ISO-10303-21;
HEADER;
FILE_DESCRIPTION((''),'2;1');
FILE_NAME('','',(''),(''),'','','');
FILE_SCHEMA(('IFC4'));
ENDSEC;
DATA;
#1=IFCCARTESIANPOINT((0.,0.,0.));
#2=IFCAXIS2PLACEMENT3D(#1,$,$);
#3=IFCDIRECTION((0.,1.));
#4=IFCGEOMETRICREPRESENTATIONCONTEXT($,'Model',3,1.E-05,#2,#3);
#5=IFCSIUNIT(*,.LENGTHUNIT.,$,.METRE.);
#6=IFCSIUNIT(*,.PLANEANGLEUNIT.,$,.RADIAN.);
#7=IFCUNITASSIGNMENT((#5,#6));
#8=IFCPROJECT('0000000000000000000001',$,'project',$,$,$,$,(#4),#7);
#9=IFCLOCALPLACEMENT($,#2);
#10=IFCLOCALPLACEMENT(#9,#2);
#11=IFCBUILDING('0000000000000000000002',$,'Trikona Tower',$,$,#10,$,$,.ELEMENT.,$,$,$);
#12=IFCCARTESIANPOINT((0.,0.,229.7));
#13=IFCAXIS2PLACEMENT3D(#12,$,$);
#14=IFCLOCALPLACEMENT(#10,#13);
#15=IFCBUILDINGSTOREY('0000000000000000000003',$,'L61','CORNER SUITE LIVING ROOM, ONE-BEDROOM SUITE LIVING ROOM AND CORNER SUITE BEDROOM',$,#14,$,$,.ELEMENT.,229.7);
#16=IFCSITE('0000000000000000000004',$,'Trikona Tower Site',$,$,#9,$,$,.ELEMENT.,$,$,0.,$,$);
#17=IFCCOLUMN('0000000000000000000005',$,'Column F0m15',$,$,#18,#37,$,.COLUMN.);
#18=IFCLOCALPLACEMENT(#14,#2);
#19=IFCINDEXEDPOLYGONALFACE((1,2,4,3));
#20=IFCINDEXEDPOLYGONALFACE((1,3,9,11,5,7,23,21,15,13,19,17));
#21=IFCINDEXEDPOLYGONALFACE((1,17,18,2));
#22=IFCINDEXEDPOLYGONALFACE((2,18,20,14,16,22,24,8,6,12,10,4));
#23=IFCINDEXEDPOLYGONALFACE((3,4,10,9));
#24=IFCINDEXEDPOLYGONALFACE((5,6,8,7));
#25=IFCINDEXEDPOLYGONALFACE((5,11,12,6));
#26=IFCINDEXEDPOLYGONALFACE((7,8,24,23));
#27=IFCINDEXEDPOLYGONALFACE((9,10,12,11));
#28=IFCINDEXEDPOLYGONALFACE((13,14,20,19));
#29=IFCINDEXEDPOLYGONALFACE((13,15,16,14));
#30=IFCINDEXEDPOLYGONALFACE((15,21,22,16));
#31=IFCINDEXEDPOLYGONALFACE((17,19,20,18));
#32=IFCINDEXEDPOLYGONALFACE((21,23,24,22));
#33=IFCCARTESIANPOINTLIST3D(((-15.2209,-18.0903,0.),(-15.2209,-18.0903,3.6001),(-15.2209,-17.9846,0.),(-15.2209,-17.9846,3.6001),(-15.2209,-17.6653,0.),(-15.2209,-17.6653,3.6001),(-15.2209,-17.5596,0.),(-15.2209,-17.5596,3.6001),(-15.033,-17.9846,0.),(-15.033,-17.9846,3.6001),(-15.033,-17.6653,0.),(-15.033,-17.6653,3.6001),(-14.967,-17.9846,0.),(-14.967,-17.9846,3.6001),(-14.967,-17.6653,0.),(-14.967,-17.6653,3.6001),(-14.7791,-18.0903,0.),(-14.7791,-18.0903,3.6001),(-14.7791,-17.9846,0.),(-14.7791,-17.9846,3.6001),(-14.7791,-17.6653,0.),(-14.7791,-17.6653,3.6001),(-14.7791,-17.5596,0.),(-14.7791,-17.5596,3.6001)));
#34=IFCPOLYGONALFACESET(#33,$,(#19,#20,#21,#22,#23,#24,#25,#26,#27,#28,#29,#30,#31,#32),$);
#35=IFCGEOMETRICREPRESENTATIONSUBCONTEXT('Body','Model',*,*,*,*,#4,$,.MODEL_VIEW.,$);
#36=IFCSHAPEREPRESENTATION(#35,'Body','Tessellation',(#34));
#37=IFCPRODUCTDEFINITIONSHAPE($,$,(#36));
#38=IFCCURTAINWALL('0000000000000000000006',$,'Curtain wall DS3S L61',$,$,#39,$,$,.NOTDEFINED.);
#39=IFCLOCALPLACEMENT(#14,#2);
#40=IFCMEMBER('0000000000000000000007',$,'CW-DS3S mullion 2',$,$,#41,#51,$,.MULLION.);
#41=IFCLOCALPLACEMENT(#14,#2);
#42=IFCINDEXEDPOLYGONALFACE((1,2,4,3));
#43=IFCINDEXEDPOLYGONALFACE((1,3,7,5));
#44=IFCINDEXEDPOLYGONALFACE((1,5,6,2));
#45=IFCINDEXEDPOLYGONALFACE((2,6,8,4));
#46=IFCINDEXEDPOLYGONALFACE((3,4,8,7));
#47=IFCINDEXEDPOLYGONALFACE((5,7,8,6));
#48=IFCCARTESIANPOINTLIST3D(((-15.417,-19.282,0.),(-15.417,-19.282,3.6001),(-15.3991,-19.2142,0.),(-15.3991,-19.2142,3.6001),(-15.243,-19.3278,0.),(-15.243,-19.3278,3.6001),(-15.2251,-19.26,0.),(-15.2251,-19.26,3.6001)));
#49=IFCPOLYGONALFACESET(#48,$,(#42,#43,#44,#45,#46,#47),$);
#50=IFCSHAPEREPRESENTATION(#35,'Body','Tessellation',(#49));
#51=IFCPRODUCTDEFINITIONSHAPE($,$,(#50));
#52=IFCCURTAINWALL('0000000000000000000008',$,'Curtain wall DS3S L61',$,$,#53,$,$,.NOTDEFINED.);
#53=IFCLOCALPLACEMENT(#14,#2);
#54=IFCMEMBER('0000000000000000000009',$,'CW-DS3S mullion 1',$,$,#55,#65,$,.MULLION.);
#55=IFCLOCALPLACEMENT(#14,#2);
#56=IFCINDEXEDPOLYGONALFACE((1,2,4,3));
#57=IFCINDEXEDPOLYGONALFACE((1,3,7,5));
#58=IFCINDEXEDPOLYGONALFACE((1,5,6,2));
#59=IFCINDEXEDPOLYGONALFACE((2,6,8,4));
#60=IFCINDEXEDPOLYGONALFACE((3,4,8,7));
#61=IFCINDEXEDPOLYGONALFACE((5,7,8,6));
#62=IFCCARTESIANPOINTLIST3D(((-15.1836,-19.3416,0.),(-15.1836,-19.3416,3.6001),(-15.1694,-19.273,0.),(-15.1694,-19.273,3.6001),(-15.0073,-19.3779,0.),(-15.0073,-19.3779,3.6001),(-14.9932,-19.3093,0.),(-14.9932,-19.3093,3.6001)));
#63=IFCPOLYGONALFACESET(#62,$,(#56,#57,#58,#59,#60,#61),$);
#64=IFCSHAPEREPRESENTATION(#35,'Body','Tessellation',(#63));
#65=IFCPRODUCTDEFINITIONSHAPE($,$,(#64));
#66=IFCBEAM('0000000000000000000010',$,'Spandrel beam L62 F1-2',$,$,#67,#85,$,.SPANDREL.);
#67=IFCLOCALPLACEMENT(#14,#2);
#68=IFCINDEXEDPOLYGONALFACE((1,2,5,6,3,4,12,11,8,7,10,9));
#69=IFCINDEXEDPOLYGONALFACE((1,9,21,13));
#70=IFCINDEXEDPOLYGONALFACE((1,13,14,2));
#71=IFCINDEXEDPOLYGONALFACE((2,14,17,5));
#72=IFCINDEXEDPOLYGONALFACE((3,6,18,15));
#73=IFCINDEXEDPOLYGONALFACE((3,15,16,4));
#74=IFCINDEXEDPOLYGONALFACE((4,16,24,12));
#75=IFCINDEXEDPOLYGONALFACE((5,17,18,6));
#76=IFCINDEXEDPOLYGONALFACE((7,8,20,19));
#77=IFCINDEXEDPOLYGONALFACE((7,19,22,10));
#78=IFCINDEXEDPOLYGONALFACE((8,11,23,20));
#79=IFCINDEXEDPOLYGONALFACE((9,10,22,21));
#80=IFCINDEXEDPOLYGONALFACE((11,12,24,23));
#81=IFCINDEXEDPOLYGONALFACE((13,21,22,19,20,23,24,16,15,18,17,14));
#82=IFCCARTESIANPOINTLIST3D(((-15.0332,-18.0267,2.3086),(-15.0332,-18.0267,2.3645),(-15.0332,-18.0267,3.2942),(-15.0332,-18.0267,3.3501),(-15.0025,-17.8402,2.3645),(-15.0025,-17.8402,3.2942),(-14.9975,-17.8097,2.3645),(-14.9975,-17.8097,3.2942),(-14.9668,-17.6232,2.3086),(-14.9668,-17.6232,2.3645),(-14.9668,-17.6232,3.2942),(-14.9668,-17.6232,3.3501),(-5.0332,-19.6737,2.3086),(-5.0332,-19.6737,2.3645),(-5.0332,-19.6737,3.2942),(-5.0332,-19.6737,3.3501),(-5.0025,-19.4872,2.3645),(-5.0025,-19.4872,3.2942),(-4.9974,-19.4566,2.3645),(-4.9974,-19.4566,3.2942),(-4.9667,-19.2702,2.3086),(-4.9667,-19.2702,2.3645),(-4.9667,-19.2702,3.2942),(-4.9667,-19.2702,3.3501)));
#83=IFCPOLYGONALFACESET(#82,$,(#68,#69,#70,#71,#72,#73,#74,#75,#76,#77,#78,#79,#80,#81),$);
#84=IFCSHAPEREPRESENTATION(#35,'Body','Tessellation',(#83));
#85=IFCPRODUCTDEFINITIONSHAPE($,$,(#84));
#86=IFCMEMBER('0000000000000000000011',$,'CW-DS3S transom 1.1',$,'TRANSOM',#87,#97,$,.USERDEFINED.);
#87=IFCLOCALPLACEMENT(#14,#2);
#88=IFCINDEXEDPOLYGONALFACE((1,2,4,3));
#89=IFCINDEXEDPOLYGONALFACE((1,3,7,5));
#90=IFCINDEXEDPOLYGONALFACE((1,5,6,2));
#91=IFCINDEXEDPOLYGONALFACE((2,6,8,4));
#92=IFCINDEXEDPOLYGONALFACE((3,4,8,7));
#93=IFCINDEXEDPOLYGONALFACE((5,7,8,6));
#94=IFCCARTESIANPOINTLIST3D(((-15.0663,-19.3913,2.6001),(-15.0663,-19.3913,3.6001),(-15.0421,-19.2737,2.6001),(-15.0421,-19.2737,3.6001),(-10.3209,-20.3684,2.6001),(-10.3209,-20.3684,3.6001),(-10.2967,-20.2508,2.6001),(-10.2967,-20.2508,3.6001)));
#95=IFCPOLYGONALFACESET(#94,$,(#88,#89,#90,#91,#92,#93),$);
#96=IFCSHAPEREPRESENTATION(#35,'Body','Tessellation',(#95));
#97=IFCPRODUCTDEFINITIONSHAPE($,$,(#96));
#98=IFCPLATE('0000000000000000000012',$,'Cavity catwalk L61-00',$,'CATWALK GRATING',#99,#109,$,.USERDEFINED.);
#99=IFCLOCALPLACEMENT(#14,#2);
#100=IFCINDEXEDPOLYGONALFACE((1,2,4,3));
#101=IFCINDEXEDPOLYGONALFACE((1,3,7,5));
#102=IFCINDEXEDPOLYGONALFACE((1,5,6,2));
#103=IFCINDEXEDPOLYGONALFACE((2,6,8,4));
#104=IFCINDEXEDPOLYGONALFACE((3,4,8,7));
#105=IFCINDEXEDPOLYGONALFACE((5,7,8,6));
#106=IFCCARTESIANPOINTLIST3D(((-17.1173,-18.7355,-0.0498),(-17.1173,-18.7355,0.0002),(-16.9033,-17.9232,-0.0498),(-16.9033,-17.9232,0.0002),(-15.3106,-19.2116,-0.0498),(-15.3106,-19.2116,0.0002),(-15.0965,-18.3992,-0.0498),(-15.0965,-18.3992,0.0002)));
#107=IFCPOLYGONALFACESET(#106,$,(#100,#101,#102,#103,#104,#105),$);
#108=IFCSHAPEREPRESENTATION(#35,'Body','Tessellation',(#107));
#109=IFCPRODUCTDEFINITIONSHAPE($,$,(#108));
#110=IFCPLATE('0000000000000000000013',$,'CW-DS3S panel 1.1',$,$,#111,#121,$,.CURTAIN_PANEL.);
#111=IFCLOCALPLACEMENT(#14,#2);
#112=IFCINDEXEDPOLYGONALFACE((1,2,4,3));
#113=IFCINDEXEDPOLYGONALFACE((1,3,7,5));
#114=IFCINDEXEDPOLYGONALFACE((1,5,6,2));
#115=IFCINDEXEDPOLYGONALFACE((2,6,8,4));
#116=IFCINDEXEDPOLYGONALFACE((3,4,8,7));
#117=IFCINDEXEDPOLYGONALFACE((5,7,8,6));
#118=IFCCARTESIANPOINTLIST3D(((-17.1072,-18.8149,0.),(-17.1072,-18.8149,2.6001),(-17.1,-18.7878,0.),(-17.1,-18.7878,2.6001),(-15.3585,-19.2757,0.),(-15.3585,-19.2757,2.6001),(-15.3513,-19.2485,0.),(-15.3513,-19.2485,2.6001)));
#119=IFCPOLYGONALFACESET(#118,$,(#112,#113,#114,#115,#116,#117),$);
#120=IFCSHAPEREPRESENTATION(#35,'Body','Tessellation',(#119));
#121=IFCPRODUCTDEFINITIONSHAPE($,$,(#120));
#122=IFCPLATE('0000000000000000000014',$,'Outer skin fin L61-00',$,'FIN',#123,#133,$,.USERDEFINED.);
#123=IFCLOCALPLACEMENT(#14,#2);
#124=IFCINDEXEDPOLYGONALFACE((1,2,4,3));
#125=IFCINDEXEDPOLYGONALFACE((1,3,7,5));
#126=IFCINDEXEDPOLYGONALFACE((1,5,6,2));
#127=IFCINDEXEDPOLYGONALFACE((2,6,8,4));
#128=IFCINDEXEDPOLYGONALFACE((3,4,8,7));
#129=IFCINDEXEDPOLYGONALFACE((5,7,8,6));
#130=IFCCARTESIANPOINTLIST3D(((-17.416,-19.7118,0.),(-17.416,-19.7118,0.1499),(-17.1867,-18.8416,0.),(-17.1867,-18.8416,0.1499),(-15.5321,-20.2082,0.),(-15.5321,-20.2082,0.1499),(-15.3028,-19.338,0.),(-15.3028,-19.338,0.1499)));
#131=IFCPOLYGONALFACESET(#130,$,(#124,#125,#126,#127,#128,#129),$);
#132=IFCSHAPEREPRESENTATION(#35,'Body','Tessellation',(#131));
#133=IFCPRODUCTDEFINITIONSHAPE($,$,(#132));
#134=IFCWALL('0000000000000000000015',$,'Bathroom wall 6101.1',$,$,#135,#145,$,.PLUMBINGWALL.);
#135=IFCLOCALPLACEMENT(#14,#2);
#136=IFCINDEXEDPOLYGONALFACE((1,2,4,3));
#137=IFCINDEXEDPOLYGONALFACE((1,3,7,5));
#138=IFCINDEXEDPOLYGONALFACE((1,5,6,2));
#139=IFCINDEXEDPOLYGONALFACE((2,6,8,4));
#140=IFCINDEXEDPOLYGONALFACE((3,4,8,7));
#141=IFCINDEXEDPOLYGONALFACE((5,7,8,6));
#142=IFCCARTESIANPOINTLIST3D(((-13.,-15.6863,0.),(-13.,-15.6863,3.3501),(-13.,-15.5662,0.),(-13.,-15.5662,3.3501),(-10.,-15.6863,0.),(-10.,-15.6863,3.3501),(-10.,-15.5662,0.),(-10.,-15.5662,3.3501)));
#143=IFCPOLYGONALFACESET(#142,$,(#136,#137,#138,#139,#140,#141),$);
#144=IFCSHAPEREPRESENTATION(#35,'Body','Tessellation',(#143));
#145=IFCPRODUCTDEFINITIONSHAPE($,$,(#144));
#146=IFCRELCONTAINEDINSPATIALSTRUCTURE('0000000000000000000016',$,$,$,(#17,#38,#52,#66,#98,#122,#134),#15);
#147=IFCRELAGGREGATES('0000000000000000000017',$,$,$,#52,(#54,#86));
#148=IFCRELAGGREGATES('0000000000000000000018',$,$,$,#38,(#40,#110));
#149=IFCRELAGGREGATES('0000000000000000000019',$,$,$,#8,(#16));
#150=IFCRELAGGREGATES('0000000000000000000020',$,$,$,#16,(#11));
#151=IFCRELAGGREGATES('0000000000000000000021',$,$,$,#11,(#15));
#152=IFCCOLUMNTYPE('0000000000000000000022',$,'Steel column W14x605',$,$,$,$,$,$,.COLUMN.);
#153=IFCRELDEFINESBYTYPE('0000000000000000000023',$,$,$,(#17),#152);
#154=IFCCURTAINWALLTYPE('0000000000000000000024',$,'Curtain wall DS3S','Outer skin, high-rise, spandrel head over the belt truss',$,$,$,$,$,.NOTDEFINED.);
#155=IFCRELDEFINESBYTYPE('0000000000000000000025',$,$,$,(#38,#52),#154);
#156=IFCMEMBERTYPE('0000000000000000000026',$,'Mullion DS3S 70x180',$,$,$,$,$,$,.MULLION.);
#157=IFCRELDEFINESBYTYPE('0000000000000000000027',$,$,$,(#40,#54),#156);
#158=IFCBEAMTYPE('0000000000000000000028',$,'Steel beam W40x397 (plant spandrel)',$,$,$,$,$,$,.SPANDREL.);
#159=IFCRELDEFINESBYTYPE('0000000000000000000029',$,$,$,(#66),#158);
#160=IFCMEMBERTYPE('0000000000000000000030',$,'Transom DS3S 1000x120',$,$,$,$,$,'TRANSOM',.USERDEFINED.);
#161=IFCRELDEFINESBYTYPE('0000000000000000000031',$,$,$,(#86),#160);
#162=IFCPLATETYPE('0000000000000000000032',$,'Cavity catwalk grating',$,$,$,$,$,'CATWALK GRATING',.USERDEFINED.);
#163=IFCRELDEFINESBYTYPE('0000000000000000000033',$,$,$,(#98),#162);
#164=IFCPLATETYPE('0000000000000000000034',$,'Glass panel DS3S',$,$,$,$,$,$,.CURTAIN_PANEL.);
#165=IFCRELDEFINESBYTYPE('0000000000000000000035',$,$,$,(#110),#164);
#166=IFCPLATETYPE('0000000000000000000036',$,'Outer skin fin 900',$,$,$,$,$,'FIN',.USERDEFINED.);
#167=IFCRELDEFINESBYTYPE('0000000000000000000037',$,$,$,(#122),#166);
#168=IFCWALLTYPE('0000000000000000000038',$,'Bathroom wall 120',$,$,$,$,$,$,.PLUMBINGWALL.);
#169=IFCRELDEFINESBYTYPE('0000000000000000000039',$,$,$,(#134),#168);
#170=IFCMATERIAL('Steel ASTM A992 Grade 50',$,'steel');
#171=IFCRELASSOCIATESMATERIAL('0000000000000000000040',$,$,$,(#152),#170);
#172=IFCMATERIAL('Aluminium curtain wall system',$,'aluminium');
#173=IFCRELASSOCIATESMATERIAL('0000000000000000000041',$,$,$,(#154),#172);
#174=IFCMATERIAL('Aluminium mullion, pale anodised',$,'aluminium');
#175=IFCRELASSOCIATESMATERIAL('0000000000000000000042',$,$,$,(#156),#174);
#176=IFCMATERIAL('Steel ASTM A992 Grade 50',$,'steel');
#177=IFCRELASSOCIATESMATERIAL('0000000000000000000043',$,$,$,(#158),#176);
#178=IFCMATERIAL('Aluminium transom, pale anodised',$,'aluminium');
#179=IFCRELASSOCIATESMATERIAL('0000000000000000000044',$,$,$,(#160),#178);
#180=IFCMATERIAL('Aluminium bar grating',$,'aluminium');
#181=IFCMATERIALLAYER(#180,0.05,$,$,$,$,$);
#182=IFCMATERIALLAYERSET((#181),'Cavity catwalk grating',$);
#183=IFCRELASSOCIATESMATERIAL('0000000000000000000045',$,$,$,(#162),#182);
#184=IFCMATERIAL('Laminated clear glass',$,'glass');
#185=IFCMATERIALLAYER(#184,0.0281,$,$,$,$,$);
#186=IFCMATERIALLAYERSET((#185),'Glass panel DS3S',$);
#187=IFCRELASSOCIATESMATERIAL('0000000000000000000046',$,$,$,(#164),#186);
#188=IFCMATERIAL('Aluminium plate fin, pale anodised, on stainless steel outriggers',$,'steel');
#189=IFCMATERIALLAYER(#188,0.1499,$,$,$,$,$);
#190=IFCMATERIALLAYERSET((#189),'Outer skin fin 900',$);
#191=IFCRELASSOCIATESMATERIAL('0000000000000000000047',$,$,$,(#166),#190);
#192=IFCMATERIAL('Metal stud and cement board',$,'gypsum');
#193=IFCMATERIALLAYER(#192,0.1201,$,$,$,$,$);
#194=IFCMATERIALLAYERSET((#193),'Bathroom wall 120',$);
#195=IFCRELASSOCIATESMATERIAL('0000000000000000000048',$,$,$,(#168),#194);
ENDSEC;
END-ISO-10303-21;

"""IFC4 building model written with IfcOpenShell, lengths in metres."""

from ifc_helpers import new_model, si_unit, direction, frame, frame_2d, origin, origin_2d, place, context, subcontext, project, spatial, rectangle, i_section, extrude, material, layer, layer_set, material_profile, profile_set, type_object, element, aggregate, save


model = new_model("IFC4")

# Units and contexts
model_context = context("Model", 3, precision=1e-05, world=origin(), true_north=direction((0.0, 1.0)))
body_context = subcontext(model_context, "Body", "Model", "MODEL_VIEW")
ifc_project = project(units=[si_unit("LENGTHUNIT", "METRE"), si_unit("PLANEANGLEUNIT", "RADIAN")], contexts=[model_context])

# Site, building, storey
site_placement = place(None, origin())
site = spatial("IfcSite", under=ifc_project, at=site_placement, Name="Trikona Tower Site", CompositionType="ELEMENT", RefElevation=0.0)
building_placement = place(site_placement, origin())
building = spatial("IfcBuilding", under=site, at=building_placement, Name="Trikona Tower", CompositionType="ELEMENT")
storey_placement = place(building_placement, frame((0.0, 0.0, 229.7)))
storey = spatial("IfcBuildingStorey", under=building, at=storey_placement, Name="L61", Description="CORNER SUITE LIVING ROOM, ONE-BEDROOM SUITE LIVING ROOM AND CORNER SUITE BEDROOM", CompositionType="ELEMENT", Elevation=229.7)

# Column
ifc_material_1 = material(Name="Steel ASTM A992 Grade 50", Category="steel")
ifc_material_profile_1 = material_profile(ifc_material_1, i_section(OverallWidth=0.4419, OverallDepth=0.5308, WebThickness=0.0659, FlangeThickness=0.1057, at=origin_2d()), Name="W14X605")
ifc_profile_set_1 = profile_set([ifc_material_profile_1], Name="Steel ASTM A992 Grade 50")
column_type = type_object("IfcColumnType", Name="Steel column W14x605", PredefinedType="COLUMN", material=ifc_profile_set_1)
column_placement = place(storey_placement, frame((-15.0, -17.825, 0.0), z_axis=(0.0, 0.0, 1.0), x_axis=(1.0, 0.0, 0.0)))
element("IfcColumn", 1, at=column_placement, inside=storey, type_object=column_type, Name="Column F0m15", PredefinedType="COLUMN", context=body_context, shape_type="SweptSolid", body=[
    extrude(i_section(OverallWidth=0.4419, OverallDepth=0.5308, WebThickness=0.0659, FlangeThickness=0.1057, at=origin_2d()), origin(), (0.0, 0.0, 1.0), 3.6001),
])

# Curtain walls, members
ifc_material_2 = material(Name="Aluminium curtain wall system", Category="aluminium")
curtain_wall_type = type_object("IfcCurtainWallType", Name="Curtain wall DS3S", Description="Outer skin, high-rise, spandrel head over the belt truss", PredefinedType="NOTDEFINED", material=ifc_material_2)
curtain_wall_1_placement = place(storey_placement, origin())
curtain_wall_1 = element("IfcCurtainWall", 2, at=curtain_wall_1_placement, inside=storey, type_object=curtain_wall_type, Name="Curtain wall DS3S L61", PredefinedType="NOTDEFINED")
ifc_material_3 = material(Name="Aluminium mullion, pale anodised", Category="aluminium")
ifc_material_profile_2 = material_profile(ifc_material_3, rectangle(XDim=0.0701, YDim=0.1799, at=origin_2d()), Name="MUL-DS3S")
ifc_profile_set_2 = profile_set([ifc_material_profile_2], Name="Aluminium mullion, pale anodised")
member_type_1 = type_object("IfcMemberType", Name="Mullion DS3S 70x180", PredefinedType="MULLION", material=ifc_profile_set_2)
member_1_placement = place(storey_placement, frame((-15.321, -19.271, 0.0), z_axis=(0.0, 0.0, 1.0), x_axis=(0.254786, 0.966997, 0.0)))
member_1 = element("IfcMember", 3, at=member_1_placement, type_object=member_type_1, Name="CW-DS3S mullion 2", PredefinedType="MULLION", context=body_context, shape_type="SweptSolid", body=[
    extrude(rectangle(XDim=0.0701, YDim=0.1799, at=origin_2d()), origin(), (0.0, 0.0, 1.0), 3.6001),
])
curtain_wall_2_placement = place(storey_placement, origin())
curtain_wall_2 = element("IfcCurtainWall", 4, at=curtain_wall_2_placement, inside=storey, type_object=curtain_wall_type, Name="Curtain wall DS3S L61", PredefinedType="NOTDEFINED")
member_2_placement = place(storey_placement, frame((-15.0884, -19.3254, 0.0), z_axis=(0.0, 0.0, 1.0), x_axis=(0.201653, 0.979457, 0.0)))
member_2 = element("IfcMember", 5, at=member_2_placement, type_object=member_type_1, Name="CW-DS3S mullion 1", PredefinedType="MULLION", context=body_context, shape_type="SweptSolid", body=[
    extrude(rectangle(XDim=0.0701, YDim=0.1799, at=origin_2d()), origin(), (0.0, 0.0, 1.0), 3.6001),
])

# Beam
ifc_material_4 = material(Name="Steel ASTM A992 Grade 50", Category="steel")
ifc_material_profile_3 = material_profile(ifc_material_4, i_section(OverallWidth=0.4089, OverallDepth=1.0415, WebThickness=0.031, FlangeThickness=0.0559, at=origin_2d()), Name="W40X397")
ifc_profile_set_3 = profile_set([ifc_material_profile_3], Name="Steel ASTM A992 Grade 50")
beam_type = type_object("IfcBeamType", Name="Steel beam W40x397 (plant spandrel)", PredefinedType="SPANDREL", material=ifc_profile_set_3)
beam_placement = place(storey_placement, frame((-15.0, -17.825, 2.8293), z_axis=(0.986707, -0.162508, 0.0), x_axis=(0.162508, 0.986707, 0.0)))
element("IfcBeam", 6, at=beam_placement, inside=storey, type_object=beam_type, Name="Spandrel beam L62 F1-2", PredefinedType="SPANDREL", context=body_context, shape_type="SweptSolid", body=[
    extrude(i_section(OverallWidth=0.4089, OverallDepth=1.0415, WebThickness=0.031, FlangeThickness=0.0559, at=origin_2d()), origin(), (0.0, 0.0, 1.0), 10.1348),
])

# Member
ifc_material_5 = material(Name="Aluminium transom, pale anodised", Category="aluminium")
ifc_material_profile_4 = material_profile(ifc_material_5, rectangle(XDim=0.1201, YDim=1.0, at=origin_2d()), Name="TRN-DS3S")
ifc_profile_set_4 = profile_set([ifc_material_profile_4], Name="Aluminium transom, pale anodised")
member_type_2 = type_object("IfcMemberType", Name="Transom DS3S 1000x120", ElementType="TRANSOM", PredefinedType="USERDEFINED", material=ifc_profile_set_4)
member_3_placement = place(storey_placement, frame((-15.0542, -19.3325, 3.1001), z_axis=(0.979454, -0.201666, 0.0), x_axis=(0.201666, 0.979454, 0.0)))
member_3 = element("IfcMember", 7, at=member_3_placement, type_object=member_type_2, Name="CW-DS3S transom 1.1", ObjectType="TRANSOM", PredefinedType="USERDEFINED", context=body_context, shape_type="SweptSolid", body=[
    extrude(rectangle(XDim=0.1201, YDim=1.0, at=origin_2d()), origin(), (0.0, 0.0, 1.0), 4.845),
])
aggregate(curtain_wall_2, [member_2, member_3])

# Plates
ifc_material_6 = material(Name="Aluminium bar grating", Category="aluminium")
ifc_layer_1 = layer(ifc_material_6, 0.05)
ifc_layer_set_1 = layer_set([ifc_layer_1], Name="Cavity catwalk grating")
plate_type_1 = type_object("IfcPlateType", Name="Cavity catwalk grating", ElementType="CATWALK GRATING", PredefinedType="USERDEFINED", material=ifc_layer_set_1)
plate_1_placement = place(storey_placement, frame((-16.1069, -18.5674, -0.0498), z_axis=(0.0, 0.0, 1.0), x_axis=(0.966993, -0.254803, 0.0)))
element("IfcPlate", 8, at=plate_1_placement, inside=storey, type_object=plate_type_1, Name="Cavity catwalk L61-00", ObjectType="CATWALK GRATING", PredefinedType="USERDEFINED", context=body_context, shape_type="SweptSolid", body=[
    extrude(rectangle(XDim=1.8684, YDim=0.8401, at=origin_2d()), origin(), (0.0, 0.0, 1.0), 0.05),
])
ifc_material_7 = material(Name="Laminated clear glass", Category="glass")
ifc_layer_2 = layer(ifc_material_7, 0.0281)
ifc_layer_set_2 = layer_set([ifc_layer_2], Name="Glass panel DS3S")
plate_type_2 = type_object("IfcPlateType", Name="Glass panel DS3S", PredefinedType="CURTAIN_PANEL", material=ifc_layer_set_2)
plate_2_placement = place(storey_placement, frame((-16.2292, -19.0317, 0.0), z_axis=(0.0, 0.0, 1.0), x_axis=(0.966997, -0.254786, 0.0)))
plate_2 = element("IfcPlate", 9, at=plate_2_placement, type_object=plate_type_2, Name="CW-DS3S panel 1.1", PredefinedType="CURTAIN_PANEL", context=body_context, shape_type="SweptSolid", body=[
    extrude(rectangle(XDim=1.8083, YDim=0.0281, at=origin_2d()), origin(), (0.0, 0.0, 1.0), 2.6001),
])
aggregate(curtain_wall_1, [member_1, plate_2])
ifc_material_8 = material(Name="Aluminium plate fin, pale anodised, on stainless steel outriggers", Category="steel")
ifc_layer_3 = layer(ifc_material_8, 0.1499)
ifc_layer_set_3 = layer_set([ifc_layer_3], Name="Outer skin fin 900")
plate_type_3 = type_object("IfcPlateType", Name="Outer skin fin 900", ElementType="FIN", PredefinedType="USERDEFINED", material=ifc_layer_set_3)
plate_3_placement = place(storey_placement, frame((-16.3594, -19.5249, 0.0), z_axis=(0.0, 0.0, 1.0), x_axis=(0.966993, -0.254803, 0.0)))
element("IfcPlate", 10, at=plate_3_placement, inside=storey, type_object=plate_type_3, Name="Outer skin fin L61-00", ObjectType="FIN", PredefinedType="USERDEFINED", context=body_context, shape_type="SweptSolid", body=[
    extrude(rectangle(XDim=1.9482, YDim=0.8999, at=origin_2d()), origin(), (0.0, 0.0, 1.0), 0.1499),
])

# Wall
ifc_material_9 = material(Name="Metal stud and cement board", Category="gypsum")
ifc_layer_4 = layer(ifc_material_9, 0.1201)
ifc_layer_set_4 = layer_set([ifc_layer_4], Name="Bathroom wall 120")
wall_type_1 = type_object("IfcWallType", Name="Bathroom wall 120", PredefinedType="PLUMBINGWALL", material=ifc_layer_set_4)
wall_1_placement = place(storey_placement, frame((-13.0, -15.6262, 0.0), z_axis=(0.0, 0.0, 1.0), x_axis=(1.0, 0.0, 0.0)))
element("IfcWall", 11, at=wall_1_placement, inside=storey, type_object=wall_type_1, Name="Bathroom wall 6101.1", PredefinedType="PLUMBINGWALL", context=body_context, shape_type="SweptSolid", body=[
    extrude(rectangle(XDim=3.0, YDim=0.1201, at=frame_2d((1.5, 0.0))), origin(), (0.0, 0.0, 1.0), 3.3501),
])

save(model, "model.ifc")
